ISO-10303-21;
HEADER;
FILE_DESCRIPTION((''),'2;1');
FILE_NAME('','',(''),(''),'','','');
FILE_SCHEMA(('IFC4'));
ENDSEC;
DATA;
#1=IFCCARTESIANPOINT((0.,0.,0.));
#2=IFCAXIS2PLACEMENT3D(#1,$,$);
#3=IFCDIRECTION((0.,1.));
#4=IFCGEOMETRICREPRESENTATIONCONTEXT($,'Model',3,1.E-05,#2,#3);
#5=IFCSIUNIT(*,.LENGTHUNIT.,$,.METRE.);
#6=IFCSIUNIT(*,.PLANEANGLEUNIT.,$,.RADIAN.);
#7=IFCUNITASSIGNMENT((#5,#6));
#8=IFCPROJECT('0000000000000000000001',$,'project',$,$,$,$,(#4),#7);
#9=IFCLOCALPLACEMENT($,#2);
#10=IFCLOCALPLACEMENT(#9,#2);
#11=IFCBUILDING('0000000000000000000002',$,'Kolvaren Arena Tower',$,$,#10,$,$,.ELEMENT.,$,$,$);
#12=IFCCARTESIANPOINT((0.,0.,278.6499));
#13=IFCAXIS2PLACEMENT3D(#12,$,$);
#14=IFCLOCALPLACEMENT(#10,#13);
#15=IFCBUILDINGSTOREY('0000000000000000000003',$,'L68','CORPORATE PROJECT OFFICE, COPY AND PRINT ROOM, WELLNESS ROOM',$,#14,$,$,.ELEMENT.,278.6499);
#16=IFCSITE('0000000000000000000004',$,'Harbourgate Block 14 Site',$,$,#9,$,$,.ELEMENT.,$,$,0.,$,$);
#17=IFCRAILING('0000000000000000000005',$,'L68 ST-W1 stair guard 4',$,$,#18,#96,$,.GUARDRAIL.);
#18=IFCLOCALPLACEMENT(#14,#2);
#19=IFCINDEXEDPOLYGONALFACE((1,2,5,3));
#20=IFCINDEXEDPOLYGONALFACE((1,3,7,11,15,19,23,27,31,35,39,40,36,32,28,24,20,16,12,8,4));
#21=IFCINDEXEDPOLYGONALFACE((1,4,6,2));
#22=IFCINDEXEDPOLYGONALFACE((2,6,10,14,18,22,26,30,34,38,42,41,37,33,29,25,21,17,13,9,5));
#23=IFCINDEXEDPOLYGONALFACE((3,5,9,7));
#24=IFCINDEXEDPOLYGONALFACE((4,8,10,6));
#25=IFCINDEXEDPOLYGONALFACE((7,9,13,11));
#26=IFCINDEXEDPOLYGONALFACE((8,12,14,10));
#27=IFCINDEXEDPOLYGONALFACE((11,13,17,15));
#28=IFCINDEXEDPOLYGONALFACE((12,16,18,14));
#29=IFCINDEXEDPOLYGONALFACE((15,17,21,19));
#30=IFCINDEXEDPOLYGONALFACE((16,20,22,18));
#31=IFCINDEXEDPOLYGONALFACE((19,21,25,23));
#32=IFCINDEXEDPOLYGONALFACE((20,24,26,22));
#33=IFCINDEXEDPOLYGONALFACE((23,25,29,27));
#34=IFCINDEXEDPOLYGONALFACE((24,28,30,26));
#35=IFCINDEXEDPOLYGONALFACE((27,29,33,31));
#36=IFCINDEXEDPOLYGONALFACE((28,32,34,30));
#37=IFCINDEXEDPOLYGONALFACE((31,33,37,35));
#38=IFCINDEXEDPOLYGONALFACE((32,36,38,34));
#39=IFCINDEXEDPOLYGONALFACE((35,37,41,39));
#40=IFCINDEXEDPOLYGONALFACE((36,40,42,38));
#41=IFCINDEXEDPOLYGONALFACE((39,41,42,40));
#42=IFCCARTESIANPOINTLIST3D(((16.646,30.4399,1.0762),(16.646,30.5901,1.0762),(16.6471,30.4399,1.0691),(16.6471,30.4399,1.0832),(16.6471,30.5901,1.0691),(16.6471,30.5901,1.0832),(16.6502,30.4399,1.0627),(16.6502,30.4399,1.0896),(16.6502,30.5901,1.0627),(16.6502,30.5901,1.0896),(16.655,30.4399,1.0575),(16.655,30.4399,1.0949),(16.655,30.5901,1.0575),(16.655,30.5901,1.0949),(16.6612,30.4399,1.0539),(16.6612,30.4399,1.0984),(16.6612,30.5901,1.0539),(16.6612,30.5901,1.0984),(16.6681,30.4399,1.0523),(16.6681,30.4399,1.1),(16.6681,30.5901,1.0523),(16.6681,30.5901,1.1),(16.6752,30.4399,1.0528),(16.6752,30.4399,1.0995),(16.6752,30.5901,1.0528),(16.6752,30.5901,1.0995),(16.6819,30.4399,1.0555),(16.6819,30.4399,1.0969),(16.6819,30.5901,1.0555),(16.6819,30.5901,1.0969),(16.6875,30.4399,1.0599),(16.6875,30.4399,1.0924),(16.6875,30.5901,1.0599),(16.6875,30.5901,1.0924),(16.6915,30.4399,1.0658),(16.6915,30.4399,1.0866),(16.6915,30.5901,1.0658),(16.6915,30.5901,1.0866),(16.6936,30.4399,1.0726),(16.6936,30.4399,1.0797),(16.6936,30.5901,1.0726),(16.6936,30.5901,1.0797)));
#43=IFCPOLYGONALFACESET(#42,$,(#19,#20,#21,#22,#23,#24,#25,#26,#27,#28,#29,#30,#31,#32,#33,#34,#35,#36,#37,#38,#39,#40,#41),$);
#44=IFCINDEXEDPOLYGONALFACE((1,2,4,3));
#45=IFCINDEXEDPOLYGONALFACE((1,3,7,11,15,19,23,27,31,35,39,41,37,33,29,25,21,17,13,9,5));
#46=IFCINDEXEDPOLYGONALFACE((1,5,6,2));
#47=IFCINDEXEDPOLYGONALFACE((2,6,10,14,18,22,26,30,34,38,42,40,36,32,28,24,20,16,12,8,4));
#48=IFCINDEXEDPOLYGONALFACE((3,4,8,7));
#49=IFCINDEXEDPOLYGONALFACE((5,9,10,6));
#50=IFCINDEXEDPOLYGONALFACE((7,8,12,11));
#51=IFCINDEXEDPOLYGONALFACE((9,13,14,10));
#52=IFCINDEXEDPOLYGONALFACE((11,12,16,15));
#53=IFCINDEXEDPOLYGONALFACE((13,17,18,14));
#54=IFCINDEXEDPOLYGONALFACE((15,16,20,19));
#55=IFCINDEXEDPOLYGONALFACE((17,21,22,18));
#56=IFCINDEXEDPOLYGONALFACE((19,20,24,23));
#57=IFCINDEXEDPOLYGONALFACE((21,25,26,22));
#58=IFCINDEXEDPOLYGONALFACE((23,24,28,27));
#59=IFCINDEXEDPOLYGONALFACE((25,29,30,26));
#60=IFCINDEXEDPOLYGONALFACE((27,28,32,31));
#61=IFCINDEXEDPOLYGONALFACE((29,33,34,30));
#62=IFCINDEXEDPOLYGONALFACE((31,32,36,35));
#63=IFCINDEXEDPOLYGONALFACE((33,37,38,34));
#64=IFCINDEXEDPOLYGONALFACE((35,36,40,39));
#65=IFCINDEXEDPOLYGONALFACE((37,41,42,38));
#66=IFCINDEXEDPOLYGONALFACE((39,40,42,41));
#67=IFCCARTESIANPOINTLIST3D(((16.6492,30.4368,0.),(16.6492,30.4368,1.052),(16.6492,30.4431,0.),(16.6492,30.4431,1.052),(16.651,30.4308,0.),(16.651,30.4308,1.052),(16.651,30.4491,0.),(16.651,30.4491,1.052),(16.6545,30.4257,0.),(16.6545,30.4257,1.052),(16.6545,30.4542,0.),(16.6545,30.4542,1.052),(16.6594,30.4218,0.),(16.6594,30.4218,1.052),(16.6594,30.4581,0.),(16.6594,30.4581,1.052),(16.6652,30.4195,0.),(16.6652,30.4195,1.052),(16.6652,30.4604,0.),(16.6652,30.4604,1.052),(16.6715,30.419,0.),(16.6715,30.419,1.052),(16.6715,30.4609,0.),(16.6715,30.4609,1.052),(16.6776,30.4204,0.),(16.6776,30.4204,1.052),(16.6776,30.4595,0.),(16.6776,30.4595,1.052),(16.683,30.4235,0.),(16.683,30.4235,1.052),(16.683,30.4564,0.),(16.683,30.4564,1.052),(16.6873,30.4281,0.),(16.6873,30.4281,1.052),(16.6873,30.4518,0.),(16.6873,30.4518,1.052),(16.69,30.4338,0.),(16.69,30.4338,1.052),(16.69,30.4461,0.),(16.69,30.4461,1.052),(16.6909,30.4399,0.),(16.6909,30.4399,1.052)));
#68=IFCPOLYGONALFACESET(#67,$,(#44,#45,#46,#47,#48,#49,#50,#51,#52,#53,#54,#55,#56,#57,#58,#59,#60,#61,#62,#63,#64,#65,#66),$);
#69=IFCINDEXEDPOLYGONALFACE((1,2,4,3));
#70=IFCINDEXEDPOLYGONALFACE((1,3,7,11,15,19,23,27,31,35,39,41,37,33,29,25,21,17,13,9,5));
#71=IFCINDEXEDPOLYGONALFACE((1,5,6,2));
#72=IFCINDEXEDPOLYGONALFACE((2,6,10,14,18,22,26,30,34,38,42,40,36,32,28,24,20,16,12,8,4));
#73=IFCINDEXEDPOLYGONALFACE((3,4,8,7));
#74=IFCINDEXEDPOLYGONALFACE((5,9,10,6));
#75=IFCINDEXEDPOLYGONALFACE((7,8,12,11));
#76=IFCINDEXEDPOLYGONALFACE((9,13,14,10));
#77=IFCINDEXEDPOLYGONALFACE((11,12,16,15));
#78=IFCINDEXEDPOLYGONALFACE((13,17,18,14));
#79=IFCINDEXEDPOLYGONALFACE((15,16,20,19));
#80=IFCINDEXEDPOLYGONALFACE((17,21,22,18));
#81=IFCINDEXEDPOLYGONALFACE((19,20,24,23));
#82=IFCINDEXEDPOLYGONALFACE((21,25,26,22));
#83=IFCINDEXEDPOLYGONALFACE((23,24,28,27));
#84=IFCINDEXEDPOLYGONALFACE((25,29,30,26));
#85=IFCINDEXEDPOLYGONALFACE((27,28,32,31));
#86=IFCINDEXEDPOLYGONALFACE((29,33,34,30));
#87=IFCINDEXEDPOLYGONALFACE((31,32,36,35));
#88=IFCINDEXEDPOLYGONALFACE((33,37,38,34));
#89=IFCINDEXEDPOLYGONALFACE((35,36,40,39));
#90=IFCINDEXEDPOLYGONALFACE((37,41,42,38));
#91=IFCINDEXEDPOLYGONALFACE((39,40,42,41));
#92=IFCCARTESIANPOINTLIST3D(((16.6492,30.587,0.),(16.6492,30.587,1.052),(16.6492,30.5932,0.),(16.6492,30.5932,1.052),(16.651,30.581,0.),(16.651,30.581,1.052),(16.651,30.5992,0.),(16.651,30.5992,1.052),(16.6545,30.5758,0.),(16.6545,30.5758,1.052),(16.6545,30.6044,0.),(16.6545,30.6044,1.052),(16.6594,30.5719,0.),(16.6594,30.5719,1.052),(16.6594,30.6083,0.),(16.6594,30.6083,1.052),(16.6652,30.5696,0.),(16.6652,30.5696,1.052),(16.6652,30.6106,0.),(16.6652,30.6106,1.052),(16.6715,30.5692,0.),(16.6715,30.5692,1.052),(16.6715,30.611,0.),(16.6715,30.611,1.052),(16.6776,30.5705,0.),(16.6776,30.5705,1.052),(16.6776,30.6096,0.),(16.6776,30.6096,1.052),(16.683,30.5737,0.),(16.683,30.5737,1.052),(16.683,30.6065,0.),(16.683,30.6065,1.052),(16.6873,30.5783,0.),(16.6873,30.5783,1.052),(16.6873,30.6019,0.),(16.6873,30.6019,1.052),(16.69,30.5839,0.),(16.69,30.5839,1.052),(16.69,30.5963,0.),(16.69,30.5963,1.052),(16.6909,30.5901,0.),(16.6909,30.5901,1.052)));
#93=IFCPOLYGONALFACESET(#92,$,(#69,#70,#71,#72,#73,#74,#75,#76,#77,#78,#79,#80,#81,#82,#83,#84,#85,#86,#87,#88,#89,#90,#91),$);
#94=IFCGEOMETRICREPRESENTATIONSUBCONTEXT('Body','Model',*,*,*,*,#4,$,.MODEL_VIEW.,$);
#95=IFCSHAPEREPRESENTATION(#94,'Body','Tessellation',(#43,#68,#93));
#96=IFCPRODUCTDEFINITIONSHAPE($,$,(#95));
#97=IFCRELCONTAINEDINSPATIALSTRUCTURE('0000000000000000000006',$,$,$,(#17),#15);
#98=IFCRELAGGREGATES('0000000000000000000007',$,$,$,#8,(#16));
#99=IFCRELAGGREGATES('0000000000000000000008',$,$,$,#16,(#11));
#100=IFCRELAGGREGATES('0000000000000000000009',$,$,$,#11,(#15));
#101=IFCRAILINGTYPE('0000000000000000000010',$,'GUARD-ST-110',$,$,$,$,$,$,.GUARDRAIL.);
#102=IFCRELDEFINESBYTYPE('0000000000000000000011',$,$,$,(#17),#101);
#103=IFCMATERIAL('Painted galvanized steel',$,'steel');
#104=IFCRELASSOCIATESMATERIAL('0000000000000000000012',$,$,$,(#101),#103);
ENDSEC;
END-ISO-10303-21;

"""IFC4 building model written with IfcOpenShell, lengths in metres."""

from ifc_helpers import new_model, si_unit, direction, frame, origin, origin_2d, place, context, subcontext, project, spatial, circle, extrude, material, type_object, element, save


model = new_model("IFC4")

# Units and contexts
model_context = context("Model", 3, precision=1e-05, world=origin(), true_north=direction((0.0, 1.0)))
body_context = subcontext(model_context, "Body", "Model", "MODEL_VIEW")
ifc_project = project(units=[si_unit("LENGTHUNIT", "METRE"), si_unit("PLANEANGLEUNIT", "RADIAN")], contexts=[model_context])

# Site, building, storey
site_placement = place(None, origin())
site = spatial("IfcSite", under=ifc_project, at=site_placement, Name="Harbourgate Block 14 Site", CompositionType="ELEMENT", RefElevation=0.0)
building_placement = place(site_placement, origin())
building = spatial("IfcBuilding", under=site, at=building_placement, Name="Kolvaren Arena Tower", CompositionType="ELEMENT")
storey_placement = place(building_placement, frame((0.0, 0.0, 278.6499)))
storey = spatial("IfcBuildingStorey", under=building, at=storey_placement, Name="L68", Description="CORPORATE PROJECT OFFICE, COPY AND PRINT ROOM, WELLNESS ROOM", CompositionType="ELEMENT", Elevation=278.6499)

# Railing
ifc_material_1 = material(Name="Painted galvanized steel", Category="steel")
railing_type_1 = type_object("IfcRailingType", Name="GUARD-ST-110", PredefinedType="GUARDRAIL", material=ifc_material_1)
railing_1_placement = place(storey_placement, frame((16.6699, 30.4399, 0.0)))
element("IfcRailing", 1, at=railing_1_placement, inside=storey, type_object=railing_type_1, Name="L68 ST-W1 stair guard 4", PredefinedType="GUARDRAIL", context=body_context, shape_type="SweptSolid", body=[
    extrude(circle(Radius=0.0239, at=origin_2d()), frame((0.0, 0.0, 1.0762), z_axis=(0.0, 1.0, 0.0), x_axis=(-1.0, 0.0, 0.0)), (0.0, 0.0, 1.0), 0.1501),
    extrude(circle(Radius=0.021, at=origin_2d()), origin(), (0.0, 0.0, 1.0), 1.052),
    extrude(circle(Radius=0.021, at=origin_2d()), frame((0.0, 0.1501, 0.0)), (0.0, 0.0, 1.0), 1.052),
])

save(model, "model.ifc")
